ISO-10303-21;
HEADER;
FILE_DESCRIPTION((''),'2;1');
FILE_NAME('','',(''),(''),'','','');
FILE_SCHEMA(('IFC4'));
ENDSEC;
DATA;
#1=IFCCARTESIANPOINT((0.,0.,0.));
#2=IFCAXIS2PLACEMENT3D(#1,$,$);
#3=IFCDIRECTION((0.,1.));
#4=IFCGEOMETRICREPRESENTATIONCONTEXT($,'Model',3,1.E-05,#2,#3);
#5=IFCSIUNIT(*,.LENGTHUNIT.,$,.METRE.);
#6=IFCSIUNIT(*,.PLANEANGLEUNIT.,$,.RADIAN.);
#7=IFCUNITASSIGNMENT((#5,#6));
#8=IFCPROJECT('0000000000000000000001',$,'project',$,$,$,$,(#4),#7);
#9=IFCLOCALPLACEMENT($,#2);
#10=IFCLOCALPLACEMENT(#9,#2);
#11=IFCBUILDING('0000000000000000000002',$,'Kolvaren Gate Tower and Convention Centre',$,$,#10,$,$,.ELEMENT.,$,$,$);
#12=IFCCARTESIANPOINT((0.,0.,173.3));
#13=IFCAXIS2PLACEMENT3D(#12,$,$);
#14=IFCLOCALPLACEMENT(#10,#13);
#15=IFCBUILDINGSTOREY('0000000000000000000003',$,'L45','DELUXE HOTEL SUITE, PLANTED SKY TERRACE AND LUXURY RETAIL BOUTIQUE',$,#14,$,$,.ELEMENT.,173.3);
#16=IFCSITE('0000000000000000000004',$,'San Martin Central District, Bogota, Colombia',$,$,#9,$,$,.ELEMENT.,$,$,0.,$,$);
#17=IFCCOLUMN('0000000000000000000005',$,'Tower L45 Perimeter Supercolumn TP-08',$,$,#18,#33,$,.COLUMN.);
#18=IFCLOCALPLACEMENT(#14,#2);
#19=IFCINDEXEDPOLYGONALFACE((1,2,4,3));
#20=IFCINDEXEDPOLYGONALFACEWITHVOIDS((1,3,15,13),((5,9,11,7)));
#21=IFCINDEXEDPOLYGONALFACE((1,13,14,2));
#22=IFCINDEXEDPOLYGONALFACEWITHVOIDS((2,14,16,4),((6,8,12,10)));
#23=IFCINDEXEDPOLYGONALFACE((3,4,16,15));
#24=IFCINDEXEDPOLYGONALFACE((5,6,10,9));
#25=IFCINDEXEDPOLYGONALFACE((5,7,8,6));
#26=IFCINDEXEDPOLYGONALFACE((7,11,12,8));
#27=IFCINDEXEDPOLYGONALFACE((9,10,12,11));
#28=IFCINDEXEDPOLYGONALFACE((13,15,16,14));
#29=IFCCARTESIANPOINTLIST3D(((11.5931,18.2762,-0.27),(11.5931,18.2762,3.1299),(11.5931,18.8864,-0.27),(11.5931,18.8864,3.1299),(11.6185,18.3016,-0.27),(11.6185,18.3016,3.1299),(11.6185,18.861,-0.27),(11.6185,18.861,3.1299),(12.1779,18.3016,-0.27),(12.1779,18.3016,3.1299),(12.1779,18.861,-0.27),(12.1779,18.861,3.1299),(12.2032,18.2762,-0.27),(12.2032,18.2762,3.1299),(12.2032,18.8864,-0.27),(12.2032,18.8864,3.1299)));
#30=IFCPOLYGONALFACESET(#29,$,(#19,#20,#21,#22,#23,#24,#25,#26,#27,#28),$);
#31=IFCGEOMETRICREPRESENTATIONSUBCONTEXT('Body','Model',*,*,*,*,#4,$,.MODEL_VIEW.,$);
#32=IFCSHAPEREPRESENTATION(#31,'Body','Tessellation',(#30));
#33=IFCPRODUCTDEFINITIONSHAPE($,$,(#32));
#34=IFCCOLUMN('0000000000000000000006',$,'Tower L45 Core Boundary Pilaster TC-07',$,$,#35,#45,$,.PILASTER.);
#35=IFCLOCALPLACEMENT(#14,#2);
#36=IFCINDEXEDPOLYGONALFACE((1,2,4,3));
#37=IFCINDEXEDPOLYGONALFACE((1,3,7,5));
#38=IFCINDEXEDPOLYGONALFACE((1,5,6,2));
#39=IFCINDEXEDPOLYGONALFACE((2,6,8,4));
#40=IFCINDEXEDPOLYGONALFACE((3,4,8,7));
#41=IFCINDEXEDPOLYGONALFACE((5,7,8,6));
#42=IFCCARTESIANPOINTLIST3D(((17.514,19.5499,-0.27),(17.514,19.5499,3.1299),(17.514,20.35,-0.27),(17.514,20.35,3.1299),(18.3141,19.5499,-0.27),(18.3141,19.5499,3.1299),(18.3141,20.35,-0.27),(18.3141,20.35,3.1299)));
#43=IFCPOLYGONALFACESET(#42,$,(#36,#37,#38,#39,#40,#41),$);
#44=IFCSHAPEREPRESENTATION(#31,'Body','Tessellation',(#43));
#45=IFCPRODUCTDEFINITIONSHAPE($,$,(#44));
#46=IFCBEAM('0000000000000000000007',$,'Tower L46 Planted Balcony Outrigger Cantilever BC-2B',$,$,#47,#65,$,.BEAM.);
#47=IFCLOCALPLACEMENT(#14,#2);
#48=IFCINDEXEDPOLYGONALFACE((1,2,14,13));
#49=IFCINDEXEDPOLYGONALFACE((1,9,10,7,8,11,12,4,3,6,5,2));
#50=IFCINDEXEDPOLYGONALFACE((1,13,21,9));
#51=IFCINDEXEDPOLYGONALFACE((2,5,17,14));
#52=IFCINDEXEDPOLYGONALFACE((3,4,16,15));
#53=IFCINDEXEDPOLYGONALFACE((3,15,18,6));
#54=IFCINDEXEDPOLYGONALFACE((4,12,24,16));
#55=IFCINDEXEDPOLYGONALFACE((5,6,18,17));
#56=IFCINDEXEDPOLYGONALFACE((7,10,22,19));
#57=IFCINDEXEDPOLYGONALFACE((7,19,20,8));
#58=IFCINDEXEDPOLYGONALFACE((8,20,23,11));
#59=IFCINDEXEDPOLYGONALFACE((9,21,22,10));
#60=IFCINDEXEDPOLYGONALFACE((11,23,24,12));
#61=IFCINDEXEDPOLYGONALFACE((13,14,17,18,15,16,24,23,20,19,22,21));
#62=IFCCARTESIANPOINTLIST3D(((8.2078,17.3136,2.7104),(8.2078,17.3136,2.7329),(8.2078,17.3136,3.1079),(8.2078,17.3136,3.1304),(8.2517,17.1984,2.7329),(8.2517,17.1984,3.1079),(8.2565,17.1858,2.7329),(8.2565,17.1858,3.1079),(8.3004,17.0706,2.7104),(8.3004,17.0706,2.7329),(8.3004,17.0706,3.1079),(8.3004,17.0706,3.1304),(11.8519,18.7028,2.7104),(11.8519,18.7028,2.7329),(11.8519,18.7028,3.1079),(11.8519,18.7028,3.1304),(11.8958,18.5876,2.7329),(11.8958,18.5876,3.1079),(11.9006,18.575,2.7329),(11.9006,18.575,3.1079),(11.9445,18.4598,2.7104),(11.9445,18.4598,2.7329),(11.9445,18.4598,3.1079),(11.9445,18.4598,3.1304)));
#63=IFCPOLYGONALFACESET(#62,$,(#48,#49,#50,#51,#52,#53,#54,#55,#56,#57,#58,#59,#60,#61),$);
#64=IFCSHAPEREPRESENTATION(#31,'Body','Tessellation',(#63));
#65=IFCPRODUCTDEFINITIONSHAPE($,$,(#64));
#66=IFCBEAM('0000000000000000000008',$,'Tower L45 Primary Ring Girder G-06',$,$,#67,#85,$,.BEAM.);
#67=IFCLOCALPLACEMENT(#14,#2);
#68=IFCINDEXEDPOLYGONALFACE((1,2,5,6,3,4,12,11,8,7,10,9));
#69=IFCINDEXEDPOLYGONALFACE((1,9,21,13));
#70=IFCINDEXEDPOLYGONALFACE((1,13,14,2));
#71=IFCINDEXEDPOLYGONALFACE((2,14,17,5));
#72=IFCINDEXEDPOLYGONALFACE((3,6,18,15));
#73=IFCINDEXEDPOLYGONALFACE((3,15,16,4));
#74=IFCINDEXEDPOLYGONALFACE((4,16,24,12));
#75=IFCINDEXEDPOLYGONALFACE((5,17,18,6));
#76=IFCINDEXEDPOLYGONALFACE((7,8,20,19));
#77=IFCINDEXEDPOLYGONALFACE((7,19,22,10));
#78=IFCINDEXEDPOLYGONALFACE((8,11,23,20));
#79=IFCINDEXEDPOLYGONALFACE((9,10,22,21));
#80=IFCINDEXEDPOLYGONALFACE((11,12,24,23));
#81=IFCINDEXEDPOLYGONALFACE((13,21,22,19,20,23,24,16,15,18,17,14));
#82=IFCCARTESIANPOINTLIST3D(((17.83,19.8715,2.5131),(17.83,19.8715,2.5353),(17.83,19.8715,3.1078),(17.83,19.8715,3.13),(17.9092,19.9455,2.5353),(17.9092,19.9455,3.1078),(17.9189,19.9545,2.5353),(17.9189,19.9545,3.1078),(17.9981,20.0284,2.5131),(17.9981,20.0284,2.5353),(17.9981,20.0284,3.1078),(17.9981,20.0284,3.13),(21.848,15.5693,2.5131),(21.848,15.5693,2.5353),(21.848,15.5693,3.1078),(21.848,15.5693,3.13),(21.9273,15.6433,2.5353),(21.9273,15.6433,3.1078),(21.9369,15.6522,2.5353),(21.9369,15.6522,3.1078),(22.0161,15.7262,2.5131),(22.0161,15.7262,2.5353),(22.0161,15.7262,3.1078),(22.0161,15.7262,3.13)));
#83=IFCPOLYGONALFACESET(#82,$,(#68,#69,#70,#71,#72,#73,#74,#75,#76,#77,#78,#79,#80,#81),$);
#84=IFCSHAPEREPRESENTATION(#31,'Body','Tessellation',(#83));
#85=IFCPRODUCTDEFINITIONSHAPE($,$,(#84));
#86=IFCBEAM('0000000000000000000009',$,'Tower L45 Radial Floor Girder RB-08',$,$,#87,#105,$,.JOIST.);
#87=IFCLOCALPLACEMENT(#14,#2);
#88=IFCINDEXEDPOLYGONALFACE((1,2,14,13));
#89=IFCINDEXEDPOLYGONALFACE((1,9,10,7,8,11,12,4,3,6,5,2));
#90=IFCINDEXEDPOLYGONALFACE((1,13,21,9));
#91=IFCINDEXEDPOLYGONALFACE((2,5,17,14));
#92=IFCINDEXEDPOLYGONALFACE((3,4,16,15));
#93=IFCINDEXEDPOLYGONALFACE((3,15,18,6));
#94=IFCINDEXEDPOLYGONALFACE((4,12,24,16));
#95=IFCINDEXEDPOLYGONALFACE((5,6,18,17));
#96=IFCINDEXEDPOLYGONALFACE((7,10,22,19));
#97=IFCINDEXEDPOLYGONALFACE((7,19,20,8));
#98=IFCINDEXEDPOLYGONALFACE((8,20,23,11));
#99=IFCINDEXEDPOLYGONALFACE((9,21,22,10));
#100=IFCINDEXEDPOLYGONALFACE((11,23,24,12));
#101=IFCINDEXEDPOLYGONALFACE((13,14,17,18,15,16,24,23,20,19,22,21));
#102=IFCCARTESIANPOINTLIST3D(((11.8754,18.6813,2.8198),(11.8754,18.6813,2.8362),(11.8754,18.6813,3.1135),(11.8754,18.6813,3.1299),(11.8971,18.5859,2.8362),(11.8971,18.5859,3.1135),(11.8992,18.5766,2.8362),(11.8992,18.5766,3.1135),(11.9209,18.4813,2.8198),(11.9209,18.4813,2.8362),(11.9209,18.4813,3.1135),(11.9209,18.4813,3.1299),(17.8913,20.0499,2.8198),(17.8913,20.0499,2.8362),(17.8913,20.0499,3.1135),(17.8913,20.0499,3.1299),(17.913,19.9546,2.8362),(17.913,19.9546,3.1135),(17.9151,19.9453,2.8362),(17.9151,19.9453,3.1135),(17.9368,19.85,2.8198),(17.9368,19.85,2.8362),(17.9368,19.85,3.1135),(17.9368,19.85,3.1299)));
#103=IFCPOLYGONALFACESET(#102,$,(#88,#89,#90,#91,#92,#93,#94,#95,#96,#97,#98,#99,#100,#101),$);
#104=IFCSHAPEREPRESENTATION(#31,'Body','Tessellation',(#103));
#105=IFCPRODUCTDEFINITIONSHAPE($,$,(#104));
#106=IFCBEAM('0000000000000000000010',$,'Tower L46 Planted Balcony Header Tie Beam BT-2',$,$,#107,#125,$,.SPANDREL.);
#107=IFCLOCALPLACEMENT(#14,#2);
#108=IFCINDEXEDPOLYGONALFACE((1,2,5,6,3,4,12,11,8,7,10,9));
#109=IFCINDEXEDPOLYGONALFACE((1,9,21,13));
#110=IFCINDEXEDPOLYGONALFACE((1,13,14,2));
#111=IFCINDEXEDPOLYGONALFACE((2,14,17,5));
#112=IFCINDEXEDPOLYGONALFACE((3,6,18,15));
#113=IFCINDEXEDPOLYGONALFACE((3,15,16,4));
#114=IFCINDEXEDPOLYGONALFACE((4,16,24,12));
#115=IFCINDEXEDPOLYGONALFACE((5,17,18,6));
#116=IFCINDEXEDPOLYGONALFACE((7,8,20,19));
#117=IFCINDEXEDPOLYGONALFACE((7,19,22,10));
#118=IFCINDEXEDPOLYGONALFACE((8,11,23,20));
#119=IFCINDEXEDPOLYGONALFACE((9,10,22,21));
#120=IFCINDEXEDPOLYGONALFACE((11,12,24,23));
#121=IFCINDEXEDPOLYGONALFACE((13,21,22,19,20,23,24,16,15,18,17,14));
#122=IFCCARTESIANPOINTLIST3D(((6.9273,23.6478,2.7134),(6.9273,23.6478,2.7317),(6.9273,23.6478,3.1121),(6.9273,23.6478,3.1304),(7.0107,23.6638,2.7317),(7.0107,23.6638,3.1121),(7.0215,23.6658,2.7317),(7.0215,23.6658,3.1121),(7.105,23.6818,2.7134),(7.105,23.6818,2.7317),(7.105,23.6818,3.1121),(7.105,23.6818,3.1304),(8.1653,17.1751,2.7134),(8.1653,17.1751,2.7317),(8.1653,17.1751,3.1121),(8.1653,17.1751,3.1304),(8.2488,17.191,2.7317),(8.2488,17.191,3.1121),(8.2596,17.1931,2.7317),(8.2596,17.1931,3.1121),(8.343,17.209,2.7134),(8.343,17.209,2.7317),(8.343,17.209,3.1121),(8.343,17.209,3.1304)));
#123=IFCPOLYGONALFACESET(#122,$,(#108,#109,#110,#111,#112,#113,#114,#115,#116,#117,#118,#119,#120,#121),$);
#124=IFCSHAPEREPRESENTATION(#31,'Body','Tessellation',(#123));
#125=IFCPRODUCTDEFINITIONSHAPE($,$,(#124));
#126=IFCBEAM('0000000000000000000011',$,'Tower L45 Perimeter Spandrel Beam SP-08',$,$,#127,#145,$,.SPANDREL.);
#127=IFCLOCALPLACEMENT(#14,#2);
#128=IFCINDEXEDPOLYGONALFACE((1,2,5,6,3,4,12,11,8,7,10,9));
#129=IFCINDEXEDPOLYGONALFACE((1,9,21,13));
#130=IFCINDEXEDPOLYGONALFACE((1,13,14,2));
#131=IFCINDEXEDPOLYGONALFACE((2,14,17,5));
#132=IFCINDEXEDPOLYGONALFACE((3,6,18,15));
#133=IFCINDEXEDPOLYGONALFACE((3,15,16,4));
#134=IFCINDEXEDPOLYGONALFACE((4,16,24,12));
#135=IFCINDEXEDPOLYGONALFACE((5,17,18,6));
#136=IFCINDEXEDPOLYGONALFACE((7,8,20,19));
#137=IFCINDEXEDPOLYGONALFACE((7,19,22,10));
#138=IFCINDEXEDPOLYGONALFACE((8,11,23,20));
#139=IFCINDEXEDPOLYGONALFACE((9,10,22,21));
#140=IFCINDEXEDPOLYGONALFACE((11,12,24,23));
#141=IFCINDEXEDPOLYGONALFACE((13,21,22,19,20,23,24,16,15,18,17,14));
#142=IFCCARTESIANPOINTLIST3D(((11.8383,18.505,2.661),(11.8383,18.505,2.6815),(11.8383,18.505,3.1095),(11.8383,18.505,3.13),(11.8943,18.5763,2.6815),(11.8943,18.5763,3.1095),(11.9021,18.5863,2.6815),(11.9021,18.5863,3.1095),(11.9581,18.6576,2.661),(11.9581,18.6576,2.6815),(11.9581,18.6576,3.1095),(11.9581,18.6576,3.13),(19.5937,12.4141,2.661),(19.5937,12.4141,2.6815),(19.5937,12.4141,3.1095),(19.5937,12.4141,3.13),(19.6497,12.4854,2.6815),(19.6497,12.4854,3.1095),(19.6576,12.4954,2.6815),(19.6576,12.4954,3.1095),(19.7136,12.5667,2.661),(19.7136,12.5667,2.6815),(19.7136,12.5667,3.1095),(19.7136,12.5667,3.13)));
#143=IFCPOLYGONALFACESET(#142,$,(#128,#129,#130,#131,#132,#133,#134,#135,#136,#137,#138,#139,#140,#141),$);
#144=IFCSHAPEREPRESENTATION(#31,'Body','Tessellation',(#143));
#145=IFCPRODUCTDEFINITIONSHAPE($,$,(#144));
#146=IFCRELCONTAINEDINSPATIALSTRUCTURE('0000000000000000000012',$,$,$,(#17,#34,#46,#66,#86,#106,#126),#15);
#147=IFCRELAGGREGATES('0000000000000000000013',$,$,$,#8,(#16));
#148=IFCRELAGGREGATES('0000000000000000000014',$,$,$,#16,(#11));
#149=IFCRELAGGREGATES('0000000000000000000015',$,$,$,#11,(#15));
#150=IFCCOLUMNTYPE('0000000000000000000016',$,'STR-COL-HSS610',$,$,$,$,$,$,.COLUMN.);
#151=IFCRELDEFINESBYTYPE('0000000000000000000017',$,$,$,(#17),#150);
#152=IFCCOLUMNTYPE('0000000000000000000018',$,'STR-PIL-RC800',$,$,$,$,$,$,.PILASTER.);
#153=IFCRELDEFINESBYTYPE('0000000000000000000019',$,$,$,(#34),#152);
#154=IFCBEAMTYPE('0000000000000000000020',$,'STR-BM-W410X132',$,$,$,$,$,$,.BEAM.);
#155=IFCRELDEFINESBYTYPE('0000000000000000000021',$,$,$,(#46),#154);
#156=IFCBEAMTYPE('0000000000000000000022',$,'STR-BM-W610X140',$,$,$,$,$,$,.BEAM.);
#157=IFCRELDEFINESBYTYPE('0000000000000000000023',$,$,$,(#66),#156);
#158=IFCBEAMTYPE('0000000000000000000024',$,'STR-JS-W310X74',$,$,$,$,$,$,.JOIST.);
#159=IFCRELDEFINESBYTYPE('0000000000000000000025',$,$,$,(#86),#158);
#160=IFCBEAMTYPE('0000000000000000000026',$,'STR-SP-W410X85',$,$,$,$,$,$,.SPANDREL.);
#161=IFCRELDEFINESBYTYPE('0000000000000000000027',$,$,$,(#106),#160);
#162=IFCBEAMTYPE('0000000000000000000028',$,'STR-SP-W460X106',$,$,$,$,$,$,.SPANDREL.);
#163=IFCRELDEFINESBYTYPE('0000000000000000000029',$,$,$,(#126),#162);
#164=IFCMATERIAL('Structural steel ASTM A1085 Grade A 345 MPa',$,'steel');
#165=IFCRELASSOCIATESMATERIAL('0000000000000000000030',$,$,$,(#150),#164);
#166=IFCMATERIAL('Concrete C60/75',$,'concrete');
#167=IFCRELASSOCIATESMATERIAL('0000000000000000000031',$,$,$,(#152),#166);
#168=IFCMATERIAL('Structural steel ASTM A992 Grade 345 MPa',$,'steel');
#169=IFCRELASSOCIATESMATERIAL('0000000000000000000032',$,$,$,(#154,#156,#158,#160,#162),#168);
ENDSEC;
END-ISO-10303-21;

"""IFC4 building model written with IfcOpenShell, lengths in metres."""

from ifc_helpers import new_model, si_unit, direction, frame, origin, origin_2d, place, context, subcontext, project, spatial, rectangle, hollow_rectangle, i_section, extrude, material, material_profile, profile_set, type_object, element, save


model = new_model("IFC4")

# Units and contexts
model_context = context("Model", 3, precision=1e-05, world=origin(), true_north=direction((0.0, 1.0)))
body_context = subcontext(model_context, "Body", "Model", "MODEL_VIEW")
ifc_project = project(units=[si_unit("LENGTHUNIT", "METRE"), si_unit("PLANEANGLEUNIT", "RADIAN")], contexts=[model_context])

# Site, building, storey
site_placement = place(None, origin())
site = spatial("IfcSite", under=ifc_project, at=site_placement, Name="San Martin Central District, Bogota, Colombia", CompositionType="ELEMENT", RefElevation=0.0)
building_placement = place(site_placement, origin())
building = spatial("IfcBuilding", under=site, at=building_placement, Name="Kolvaren Gate Tower and Convention Centre", CompositionType="ELEMENT")
storey_placement = place(building_placement, frame((0.0, 0.0, 173.3)))
storey = spatial("IfcBuildingStorey", under=building, at=storey_placement, Name="L45", Description="DELUXE HOTEL SUITE, PLANTED SKY TERRACE AND LUXURY RETAIL BOUTIQUE", CompositionType="ELEMENT", Elevation=173.3)

# Columns
ifc_material_1 = material(Name="Structural steel ASTM A1085 Grade A 345 MPa", Category="steel")
ifc_material_profile_1 = material_profile(ifc_material_1, hollow_rectangle(XDim=0.6101, YDim=0.6101, WallThickness=0.0254, at=origin_2d()), Name="HSS610X610X25.4")
ifc_profile_set_1 = profile_set([ifc_material_profile_1], Name="Structural steel ASTM A1085 Grade A 345 MPa")
column_type_1 = type_object("IfcColumnType", Name="STR-COL-HSS610", PredefinedType="COLUMN", material=ifc_profile_set_1)
column_1_placement = place(storey_placement, frame((11.8982, 18.5813, -0.27), z_axis=(0.0, 0.0, 1.0), x_axis=(1.0, 0.0, 0.0)))
element("IfcColumn", 1, at=column_1_placement, inside=storey, type_object=column_type_1, Name="Tower L45 Perimeter Supercolumn TP-08", PredefinedType="COLUMN", context=body_context, shape_type="SweptSolid", body=[
    extrude(hollow_rectangle(XDim=0.6101, YDim=0.6101, WallThickness=0.0254, at=origin_2d()), origin(), (0.0, 0.0, 1.0), 3.3999),
])
ifc_material_2 = material(Name="Concrete C60/75", Category="concrete")
ifc_material_profile_2 = material_profile(ifc_material_2, rectangle(XDim=0.8, YDim=0.8, at=origin_2d()), Name="RC-COL-800X800")
ifc_profile_set_2 = profile_set([ifc_material_profile_2], Name="Concrete C60/75")
column_type_2 = type_object("IfcColumnType", Name="STR-PIL-RC800", PredefinedType="PILASTER", material=ifc_profile_set_2)
column_2_placement = place(storey_placement, frame((17.9141, 19.95, -0.27), z_axis=(0.0, 0.0, 1.0), x_axis=(1.0, 0.0, 0.0)))
element("IfcColumn", 2, at=column_2_placement, inside=storey, type_object=column_type_2, Name="Tower L45 Core Boundary Pilaster TC-07", PredefinedType="PILASTER", context=body_context, shape_type="SweptSolid", body=[
    extrude(rectangle(XDim=0.8, YDim=0.8, at=origin_2d()), origin(), (0.0, 0.0, 1.0), 3.3999),
])

# Beams
ifc_material_3 = material(Name="Structural steel ASTM A992 Grade 345 MPa", Category="steel")
ifc_material_profile_3 = material_profile(ifc_material_3, i_section(OverallWidth=0.26, OverallDepth=0.4199, WebThickness=0.0134, FlangeThickness=0.0225, at=origin_2d()), Name="W410X132")
ifc_profile_set_3 = profile_set([ifc_material_profile_3], Name="Structural steel ASTM A992 Grade 345 MPa")
beam_type_1 = type_object("IfcBeamType", Name="STR-BM-W410X132", PredefinedType="BEAM", material=ifc_profile_set_3)
beam_1_placement = place(storey_placement, frame((11.8982, 18.5813, 2.9204), z_axis=(-0.934406, -0.356209, 0.0), x_axis=(0.356209, -0.934406, 0.0)))
element("IfcBeam", 3, at=beam_1_placement, inside=storey, type_object=beam_type_1, Name="Tower L46 Planted Balcony Outrigger Cantilever BC-2B", PredefinedType="BEAM", context=body_context, shape_type="SweptSolid", body=[
    extrude(i_section(OverallWidth=0.26, OverallDepth=0.4199, WebThickness=0.0134, FlangeThickness=0.0225, at=origin_2d()), origin(), (0.0, 0.0, 1.0), 3.8999),
])
ifc_material_profile_4 = material_profile(ifc_material_3, i_section(OverallWidth=0.23, OverallDepth=0.6169, WebThickness=0.0132, FlangeThickness=0.0222, at=origin_2d()), Name="W610X140")
ifc_profile_set_4 = profile_set([ifc_material_profile_4], Name="Structural steel ASTM A992 Grade 345 MPa")
beam_type_2 = type_object("IfcBeamType", Name="STR-BM-W610X140", PredefinedType="BEAM", material=ifc_profile_set_4)
beam_2_placement = place(storey_placement, frame((17.9141, 19.95, 2.8215), z_axis=(0.682558, -0.730832, 0.0), x_axis=(0.730832, 0.682558, 0.0)))
element("IfcBeam", 4, at=beam_2_placement, inside=storey, type_object=beam_type_2, Name="Tower L45 Primary Ring Girder G-06", PredefinedType="BEAM", context=body_context, shape_type="SweptSolid", body=[
    extrude(i_section(OverallWidth=0.23, OverallDepth=0.6169, WebThickness=0.0132, FlangeThickness=0.0222, at=origin_2d()), origin(), (0.0, 0.0, 1.0), 5.8867),
])
ifc_material_profile_5 = material_profile(ifc_material_3, i_section(OverallWidth=0.2051, OverallDepth=0.3101, WebThickness=0.0095, FlangeThickness=0.0164, at=origin_2d()), Name="W310X74")
ifc_profile_set_5 = profile_set([ifc_material_profile_5], Name="Structural steel ASTM A992 Grade 345 MPa")
beam_type_3 = type_object("IfcBeamType", Name="STR-JS-W310X74", PredefinedType="JOIST", material=ifc_profile_set_5)
beam_3_placement = place(storey_placement, frame((17.9141, 19.95, 2.9749), z_axis=(-0.975083, -0.221838, 0.0), x_axis=(0.221838, -0.975083, 0.0)))
element("IfcBeam", 5, at=beam_3_placement, inside=storey, type_object=beam_type_3, Name="Tower L45 Radial Floor Girder RB-08", PredefinedType="JOIST", context=body_context, shape_type="SweptSolid", body=[
    extrude(i_section(OverallWidth=0.2051, OverallDepth=0.3101, WebThickness=0.0095, FlangeThickness=0.0164, at=origin_2d()), origin(), (0.0, 0.0, 1.0), 6.1697),
])
ifc_material_profile_6 = material_profile(ifc_material_3, i_section(OverallWidth=0.1809, OverallDepth=0.417, WebThickness=0.011, FlangeThickness=0.0183, at=origin_2d()), Name="W410X85")
ifc_profile_set_6 = profile_set([ifc_material_profile_6], Name="Structural steel ASTM A992 Grade 345 MPa")
beam_type_4 = type_object("IfcBeamType", Name="STR-SP-W410X85", PredefinedType="SPANDREL", material=ifc_profile_set_6)
beam_4_placement = place(storey_placement, frame((7.0161, 23.6648, 2.9219), z_axis=(0.187866, -0.982195, 0.0), x_axis=(0.982195, 0.187866, 0.0)))
element("IfcBeam", 6, at=beam_4_placement, inside=storey, type_object=beam_type_4, Name="Tower L46 Planted Balcony Header Tie Beam BT-2", PredefinedType="SPANDREL", context=body_context, shape_type="SweptSolid", body=[
    extrude(i_section(OverallWidth=0.1809, OverallDepth=0.417, WebThickness=0.011, FlangeThickness=0.0183, at=origin_2d()), origin(), (0.0, 0.0, 1.0), 6.5901),
])
ifc_material_profile_7 = material_profile(ifc_material_3, i_section(OverallWidth=0.1941, OverallDepth=0.469, WebThickness=0.0127, FlangeThickness=0.0205, at=origin_2d()), Name="W460X106")
ifc_profile_set_7 = profile_set([ifc_material_profile_7], Name="Structural steel ASTM A992 Grade 345 MPa")
beam_type_5 = type_object("IfcBeamType", Name="STR-SP-W460X106", PredefinedType="SPANDREL", material=ifc_profile_set_7)
beam_5_placement = place(storey_placement, frame((11.8982, 18.5813, 2.8955), z_axis=(0.786451, -0.617653, 0.0), x_axis=(0.617653, 0.786451, 0.0)))
element("IfcBeam", 7, at=beam_5_placement, inside=storey, type_object=beam_type_5, Name="Tower L45 Perimeter Spandrel Beam SP-08", PredefinedType="SPANDREL", context=body_context, shape_type="SweptSolid", body=[
    extrude(i_section(OverallWidth=0.1941, OverallDepth=0.469, WebThickness=0.0127, FlangeThickness=0.0205, at=origin_2d()), origin(), (0.0, 0.0, 1.0), 9.8613),
])

save(model, "model.ifc")
